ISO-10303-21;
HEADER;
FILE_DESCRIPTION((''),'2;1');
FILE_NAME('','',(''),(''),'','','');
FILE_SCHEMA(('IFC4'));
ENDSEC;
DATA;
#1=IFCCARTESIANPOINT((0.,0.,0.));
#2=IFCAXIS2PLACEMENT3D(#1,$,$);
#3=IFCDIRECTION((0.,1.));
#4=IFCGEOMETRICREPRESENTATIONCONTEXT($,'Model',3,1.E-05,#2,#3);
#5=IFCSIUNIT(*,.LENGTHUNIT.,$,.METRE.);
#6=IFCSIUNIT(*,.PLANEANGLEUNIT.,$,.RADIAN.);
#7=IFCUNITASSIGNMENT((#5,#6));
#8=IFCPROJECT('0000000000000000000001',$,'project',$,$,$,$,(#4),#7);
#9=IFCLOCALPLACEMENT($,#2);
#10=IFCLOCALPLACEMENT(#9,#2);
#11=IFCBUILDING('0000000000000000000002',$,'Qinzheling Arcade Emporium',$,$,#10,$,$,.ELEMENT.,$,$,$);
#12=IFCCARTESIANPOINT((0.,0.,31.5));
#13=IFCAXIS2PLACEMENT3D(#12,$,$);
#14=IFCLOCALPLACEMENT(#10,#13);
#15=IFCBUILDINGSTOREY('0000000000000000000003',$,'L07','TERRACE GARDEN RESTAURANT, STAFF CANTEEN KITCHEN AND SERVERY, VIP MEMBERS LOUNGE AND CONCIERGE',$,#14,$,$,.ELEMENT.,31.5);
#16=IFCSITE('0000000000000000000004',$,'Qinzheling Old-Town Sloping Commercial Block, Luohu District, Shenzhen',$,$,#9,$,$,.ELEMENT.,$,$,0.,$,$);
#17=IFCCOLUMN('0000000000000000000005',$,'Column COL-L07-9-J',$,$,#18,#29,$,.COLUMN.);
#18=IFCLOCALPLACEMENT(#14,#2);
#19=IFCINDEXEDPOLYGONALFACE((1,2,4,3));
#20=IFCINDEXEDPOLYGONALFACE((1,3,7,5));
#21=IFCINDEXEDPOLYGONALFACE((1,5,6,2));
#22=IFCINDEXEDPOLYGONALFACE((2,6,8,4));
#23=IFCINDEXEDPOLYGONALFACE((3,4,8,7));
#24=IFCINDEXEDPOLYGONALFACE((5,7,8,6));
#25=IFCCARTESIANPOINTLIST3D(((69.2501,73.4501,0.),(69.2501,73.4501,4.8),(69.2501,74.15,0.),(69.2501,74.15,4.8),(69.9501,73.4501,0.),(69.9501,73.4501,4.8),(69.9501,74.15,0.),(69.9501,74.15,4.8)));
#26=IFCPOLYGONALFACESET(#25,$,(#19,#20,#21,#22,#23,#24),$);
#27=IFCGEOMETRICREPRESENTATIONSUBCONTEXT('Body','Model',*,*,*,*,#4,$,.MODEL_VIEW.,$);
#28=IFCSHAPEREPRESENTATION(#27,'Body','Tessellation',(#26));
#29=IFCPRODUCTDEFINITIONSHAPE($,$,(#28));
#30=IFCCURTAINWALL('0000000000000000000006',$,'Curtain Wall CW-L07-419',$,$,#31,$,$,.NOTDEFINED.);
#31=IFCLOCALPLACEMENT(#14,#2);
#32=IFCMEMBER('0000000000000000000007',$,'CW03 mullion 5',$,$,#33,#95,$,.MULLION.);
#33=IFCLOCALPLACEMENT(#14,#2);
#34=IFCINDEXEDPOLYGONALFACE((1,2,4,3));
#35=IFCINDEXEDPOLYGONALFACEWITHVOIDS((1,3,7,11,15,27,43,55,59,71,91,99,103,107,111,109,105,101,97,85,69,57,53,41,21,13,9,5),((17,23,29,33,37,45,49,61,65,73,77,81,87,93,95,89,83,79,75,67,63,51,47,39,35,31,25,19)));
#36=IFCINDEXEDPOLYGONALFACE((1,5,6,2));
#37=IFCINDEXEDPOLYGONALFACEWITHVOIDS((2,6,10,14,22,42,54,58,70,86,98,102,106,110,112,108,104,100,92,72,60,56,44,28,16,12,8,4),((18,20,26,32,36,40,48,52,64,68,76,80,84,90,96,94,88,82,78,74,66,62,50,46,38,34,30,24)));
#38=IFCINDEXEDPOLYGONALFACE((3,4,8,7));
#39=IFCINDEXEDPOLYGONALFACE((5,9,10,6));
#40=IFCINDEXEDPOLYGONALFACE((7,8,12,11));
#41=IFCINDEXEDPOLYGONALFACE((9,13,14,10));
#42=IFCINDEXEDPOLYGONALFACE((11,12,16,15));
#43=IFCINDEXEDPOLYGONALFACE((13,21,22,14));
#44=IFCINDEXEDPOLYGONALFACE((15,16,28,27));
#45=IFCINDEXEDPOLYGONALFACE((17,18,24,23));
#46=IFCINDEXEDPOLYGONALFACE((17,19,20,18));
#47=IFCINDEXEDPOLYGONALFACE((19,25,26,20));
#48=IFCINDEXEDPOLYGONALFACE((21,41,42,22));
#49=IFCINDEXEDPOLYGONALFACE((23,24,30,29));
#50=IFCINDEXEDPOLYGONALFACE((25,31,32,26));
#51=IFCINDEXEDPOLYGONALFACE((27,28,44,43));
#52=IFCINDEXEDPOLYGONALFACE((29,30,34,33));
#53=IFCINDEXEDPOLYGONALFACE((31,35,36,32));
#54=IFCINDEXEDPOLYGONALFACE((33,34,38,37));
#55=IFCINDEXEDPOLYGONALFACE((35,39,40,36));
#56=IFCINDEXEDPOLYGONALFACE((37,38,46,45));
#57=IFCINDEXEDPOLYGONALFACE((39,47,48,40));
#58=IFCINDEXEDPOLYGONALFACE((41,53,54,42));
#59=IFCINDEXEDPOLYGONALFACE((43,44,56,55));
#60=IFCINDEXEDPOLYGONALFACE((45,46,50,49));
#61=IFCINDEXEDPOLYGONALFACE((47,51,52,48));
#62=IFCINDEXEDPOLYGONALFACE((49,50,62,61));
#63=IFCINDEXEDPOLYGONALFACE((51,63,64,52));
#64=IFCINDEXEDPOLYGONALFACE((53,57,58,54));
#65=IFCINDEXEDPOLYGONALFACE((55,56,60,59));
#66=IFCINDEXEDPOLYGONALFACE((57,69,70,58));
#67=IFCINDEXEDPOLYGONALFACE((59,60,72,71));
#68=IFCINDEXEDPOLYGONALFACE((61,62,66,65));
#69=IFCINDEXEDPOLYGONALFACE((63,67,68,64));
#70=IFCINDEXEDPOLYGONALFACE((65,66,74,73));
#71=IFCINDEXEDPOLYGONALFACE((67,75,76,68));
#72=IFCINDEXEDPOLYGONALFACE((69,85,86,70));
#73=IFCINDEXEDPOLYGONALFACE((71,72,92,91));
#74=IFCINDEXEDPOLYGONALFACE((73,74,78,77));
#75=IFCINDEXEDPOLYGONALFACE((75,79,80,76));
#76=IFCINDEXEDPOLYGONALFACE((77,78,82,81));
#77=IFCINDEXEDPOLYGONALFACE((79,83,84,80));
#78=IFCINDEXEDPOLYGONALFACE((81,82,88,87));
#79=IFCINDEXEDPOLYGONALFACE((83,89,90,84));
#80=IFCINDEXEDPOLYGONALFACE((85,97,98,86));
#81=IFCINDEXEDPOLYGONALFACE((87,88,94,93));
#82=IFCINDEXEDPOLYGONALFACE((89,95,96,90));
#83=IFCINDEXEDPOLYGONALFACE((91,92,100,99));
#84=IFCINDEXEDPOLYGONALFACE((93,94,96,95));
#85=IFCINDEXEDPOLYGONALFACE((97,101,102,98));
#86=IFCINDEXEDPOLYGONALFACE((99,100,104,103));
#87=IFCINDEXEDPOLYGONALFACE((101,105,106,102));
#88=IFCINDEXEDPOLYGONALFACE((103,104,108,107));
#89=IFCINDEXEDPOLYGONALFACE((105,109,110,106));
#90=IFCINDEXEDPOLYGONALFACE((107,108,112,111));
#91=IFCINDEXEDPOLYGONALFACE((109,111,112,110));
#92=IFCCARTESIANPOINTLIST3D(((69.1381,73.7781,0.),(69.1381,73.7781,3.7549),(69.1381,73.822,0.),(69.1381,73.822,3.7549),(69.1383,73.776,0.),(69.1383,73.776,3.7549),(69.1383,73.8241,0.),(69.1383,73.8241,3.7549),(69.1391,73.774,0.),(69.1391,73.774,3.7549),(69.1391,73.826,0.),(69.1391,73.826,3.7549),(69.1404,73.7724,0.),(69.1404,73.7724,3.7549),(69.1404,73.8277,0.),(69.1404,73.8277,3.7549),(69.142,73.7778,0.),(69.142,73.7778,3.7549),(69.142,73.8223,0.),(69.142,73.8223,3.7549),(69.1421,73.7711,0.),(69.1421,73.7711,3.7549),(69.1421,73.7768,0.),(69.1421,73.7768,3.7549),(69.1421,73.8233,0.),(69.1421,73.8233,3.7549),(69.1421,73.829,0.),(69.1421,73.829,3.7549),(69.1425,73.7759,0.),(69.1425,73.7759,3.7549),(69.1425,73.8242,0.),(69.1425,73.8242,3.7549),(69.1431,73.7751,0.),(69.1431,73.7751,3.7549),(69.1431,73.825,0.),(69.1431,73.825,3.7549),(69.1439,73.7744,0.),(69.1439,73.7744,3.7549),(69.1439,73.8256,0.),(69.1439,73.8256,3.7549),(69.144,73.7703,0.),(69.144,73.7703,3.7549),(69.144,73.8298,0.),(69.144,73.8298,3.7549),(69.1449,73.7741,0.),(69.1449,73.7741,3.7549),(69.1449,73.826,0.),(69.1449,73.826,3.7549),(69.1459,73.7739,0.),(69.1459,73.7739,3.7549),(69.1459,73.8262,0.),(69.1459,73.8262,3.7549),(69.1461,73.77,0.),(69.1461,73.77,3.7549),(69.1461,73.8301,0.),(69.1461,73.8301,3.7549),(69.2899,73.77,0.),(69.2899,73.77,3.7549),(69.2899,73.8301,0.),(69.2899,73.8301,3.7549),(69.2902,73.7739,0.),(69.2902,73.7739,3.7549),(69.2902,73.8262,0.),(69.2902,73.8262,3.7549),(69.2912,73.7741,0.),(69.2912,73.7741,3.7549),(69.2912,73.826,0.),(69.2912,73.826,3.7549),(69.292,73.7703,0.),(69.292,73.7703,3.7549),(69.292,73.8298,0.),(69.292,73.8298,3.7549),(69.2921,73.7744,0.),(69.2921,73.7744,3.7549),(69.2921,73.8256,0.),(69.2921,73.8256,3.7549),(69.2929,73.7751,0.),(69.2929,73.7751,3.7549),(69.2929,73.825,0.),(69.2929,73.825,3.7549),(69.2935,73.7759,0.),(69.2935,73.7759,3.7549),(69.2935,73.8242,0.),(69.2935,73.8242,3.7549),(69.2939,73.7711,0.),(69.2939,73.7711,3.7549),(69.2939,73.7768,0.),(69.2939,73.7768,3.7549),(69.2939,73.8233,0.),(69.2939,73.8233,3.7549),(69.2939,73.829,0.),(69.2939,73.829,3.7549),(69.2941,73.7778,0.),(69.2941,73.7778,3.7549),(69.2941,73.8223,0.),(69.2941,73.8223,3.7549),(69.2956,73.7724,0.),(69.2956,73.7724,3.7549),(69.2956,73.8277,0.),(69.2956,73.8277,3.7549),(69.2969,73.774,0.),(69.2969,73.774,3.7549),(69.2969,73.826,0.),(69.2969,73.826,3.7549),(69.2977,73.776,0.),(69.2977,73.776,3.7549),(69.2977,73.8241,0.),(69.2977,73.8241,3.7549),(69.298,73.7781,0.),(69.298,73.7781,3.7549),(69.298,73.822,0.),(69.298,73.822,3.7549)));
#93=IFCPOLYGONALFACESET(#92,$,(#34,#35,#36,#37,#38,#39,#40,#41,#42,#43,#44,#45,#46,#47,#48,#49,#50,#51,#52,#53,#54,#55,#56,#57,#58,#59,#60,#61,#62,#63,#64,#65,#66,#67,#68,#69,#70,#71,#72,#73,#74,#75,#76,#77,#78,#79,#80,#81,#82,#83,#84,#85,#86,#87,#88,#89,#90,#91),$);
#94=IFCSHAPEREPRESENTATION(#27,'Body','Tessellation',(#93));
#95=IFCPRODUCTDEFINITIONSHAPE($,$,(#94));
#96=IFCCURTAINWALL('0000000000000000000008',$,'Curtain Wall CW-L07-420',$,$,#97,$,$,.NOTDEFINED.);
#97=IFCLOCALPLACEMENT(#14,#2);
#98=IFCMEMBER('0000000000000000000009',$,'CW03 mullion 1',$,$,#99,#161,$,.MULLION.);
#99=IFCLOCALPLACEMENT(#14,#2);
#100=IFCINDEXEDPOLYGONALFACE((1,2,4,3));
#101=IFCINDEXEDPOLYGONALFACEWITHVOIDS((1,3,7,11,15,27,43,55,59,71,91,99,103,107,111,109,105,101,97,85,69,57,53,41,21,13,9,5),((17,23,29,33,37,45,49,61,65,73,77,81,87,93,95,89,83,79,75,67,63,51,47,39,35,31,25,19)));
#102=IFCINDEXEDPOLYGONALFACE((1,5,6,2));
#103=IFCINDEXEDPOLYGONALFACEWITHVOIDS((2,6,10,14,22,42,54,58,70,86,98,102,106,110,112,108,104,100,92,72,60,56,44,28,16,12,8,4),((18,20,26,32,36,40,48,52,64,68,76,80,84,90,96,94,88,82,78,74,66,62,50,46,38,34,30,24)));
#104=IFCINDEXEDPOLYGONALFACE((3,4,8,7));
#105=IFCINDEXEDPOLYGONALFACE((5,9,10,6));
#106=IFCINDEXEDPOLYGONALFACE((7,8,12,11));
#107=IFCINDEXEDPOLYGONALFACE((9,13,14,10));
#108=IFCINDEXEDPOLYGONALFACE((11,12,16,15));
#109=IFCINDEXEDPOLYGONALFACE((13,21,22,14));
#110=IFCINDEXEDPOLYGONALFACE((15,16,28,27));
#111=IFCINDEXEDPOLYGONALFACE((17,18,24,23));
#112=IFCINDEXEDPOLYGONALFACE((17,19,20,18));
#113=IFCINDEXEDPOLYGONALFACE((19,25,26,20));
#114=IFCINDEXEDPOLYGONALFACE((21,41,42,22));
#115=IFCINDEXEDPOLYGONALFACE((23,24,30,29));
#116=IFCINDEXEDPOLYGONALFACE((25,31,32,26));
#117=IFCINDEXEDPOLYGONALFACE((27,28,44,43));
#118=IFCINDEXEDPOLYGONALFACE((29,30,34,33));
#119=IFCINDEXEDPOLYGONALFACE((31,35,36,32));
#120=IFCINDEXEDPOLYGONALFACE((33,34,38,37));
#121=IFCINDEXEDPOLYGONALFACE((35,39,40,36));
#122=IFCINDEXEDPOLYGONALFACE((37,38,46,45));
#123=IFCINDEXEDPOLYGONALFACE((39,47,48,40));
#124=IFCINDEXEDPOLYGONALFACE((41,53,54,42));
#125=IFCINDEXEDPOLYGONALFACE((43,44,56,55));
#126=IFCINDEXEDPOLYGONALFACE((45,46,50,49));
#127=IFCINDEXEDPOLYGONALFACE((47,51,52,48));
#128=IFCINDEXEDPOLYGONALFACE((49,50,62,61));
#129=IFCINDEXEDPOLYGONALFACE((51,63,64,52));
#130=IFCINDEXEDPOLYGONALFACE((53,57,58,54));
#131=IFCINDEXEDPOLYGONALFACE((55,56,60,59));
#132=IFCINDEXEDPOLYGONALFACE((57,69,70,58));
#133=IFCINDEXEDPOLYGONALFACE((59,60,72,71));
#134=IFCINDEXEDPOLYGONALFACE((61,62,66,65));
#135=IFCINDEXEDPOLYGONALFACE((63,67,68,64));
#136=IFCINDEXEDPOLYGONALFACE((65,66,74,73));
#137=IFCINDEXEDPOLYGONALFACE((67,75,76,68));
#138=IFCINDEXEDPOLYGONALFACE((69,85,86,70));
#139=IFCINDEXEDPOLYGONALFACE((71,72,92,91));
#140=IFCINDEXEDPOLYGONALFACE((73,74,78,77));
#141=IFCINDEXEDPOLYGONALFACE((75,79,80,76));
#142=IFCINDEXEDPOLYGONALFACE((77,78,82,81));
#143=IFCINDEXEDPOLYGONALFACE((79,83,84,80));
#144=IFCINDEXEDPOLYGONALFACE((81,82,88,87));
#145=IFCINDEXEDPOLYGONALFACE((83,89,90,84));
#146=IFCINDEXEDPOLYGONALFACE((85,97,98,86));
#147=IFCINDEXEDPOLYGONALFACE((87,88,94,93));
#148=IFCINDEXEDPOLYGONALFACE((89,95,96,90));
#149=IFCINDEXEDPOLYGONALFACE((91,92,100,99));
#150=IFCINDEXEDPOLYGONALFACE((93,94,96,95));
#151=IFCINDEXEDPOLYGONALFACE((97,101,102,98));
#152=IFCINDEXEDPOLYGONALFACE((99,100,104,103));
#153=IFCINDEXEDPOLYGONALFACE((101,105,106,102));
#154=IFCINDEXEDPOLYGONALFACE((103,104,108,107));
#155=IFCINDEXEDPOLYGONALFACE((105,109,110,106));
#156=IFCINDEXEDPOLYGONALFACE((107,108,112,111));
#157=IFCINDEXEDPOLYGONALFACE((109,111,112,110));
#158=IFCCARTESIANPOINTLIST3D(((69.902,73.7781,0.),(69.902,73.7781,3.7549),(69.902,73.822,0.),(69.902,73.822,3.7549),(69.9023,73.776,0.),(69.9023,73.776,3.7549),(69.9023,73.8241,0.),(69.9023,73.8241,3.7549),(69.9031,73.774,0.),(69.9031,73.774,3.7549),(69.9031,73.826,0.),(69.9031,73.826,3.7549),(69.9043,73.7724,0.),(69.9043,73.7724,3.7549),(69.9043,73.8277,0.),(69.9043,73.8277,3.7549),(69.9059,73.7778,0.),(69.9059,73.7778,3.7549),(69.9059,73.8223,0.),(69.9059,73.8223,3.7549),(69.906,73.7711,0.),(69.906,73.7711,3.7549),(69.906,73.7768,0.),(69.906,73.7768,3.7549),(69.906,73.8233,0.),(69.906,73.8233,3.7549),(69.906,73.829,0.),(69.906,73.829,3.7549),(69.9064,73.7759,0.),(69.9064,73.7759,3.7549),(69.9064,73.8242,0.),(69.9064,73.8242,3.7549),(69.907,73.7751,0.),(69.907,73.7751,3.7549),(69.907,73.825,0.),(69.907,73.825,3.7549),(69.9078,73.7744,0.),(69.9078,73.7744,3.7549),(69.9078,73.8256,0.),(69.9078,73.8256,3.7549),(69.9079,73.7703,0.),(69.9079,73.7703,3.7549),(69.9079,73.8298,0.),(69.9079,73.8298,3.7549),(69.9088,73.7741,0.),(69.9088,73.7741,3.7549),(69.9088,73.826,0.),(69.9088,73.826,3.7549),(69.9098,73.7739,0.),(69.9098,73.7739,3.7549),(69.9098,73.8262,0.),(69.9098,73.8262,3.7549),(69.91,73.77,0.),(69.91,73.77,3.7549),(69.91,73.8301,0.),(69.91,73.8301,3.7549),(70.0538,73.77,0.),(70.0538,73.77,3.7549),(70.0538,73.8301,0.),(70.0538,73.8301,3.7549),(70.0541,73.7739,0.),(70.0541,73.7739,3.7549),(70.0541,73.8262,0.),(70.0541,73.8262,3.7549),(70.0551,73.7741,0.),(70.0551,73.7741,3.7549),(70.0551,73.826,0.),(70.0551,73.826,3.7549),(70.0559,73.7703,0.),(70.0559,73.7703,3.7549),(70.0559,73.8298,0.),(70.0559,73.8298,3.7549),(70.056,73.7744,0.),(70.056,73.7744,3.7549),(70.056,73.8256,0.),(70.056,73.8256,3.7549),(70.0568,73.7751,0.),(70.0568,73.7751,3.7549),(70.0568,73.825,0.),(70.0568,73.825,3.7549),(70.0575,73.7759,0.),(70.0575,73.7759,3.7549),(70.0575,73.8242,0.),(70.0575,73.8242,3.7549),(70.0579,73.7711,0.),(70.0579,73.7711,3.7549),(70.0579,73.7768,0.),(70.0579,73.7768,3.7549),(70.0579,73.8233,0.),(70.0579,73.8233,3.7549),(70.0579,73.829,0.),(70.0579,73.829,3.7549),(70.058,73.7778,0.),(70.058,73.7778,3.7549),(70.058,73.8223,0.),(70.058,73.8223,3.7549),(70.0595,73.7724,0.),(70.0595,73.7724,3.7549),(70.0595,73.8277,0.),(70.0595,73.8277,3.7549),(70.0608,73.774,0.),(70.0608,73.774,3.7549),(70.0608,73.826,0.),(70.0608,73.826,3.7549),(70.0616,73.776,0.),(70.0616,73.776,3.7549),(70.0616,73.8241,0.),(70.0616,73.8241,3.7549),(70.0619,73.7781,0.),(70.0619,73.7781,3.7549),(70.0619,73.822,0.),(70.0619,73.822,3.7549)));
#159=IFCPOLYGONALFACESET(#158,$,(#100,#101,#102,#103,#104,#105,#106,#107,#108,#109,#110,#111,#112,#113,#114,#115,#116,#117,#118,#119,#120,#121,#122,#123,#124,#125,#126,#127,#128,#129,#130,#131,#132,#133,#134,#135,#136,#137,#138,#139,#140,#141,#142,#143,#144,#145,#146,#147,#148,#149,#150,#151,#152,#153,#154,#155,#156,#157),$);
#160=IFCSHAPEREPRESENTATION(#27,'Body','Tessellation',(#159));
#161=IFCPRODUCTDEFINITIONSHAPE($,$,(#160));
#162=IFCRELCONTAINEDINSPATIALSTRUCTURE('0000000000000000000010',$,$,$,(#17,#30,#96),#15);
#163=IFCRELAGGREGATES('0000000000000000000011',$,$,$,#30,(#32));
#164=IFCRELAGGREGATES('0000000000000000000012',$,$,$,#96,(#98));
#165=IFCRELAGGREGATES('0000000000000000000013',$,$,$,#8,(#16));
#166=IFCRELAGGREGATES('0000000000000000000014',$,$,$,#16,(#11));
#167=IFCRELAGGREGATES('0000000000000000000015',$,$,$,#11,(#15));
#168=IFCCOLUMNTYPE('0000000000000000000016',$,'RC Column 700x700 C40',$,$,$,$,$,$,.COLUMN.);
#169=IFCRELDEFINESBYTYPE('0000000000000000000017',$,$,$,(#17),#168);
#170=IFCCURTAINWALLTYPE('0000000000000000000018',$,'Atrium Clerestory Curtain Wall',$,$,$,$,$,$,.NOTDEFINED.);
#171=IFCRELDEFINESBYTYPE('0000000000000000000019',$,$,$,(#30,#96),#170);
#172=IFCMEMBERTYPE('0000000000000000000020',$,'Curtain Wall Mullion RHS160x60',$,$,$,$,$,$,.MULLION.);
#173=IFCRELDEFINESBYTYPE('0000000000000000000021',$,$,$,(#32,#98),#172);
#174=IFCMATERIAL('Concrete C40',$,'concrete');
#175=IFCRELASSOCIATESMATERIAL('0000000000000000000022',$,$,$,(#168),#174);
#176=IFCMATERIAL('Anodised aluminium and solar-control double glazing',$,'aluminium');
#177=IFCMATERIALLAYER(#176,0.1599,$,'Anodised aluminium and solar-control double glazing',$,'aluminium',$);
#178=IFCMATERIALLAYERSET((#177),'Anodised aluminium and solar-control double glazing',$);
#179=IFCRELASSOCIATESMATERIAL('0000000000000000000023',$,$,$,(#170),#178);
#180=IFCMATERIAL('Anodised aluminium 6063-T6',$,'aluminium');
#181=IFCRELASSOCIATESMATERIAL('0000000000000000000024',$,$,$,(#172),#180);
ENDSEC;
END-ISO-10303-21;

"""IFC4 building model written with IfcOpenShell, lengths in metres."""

from ifc_helpers import new_model, si_unit, direction, frame, origin, origin_2d, place, context, subcontext, project, spatial, rectangle, hollow_rectangle, extrude, material, layer, layer_set, material_profile, profile_set, type_object, element, aggregate, save


model = new_model("IFC4")

# Units and contexts
model_context = context("Model", 3, precision=1e-05, world=origin(), true_north=direction((0.0, 1.0)))
body_context = subcontext(model_context, "Body", "Model", "MODEL_VIEW")
ifc_project = project(units=[si_unit("LENGTHUNIT", "METRE"), si_unit("PLANEANGLEUNIT", "RADIAN")], contexts=[model_context])

# Site, building, storey
site_placement = place(None, origin())
site = spatial("IfcSite", under=ifc_project, at=site_placement, Name="Qinzheling Old-Town Sloping Commercial Block, Luohu District, Shenzhen", CompositionType="ELEMENT", RefElevation=0.0)
building_placement = place(site_placement, origin())
building = spatial("IfcBuilding", under=site, at=building_placement, Name="Qinzheling Arcade Emporium", CompositionType="ELEMENT")
storey_placement = place(building_placement, frame((0.0, 0.0, 31.5)))
storey = spatial("IfcBuildingStorey", under=building, at=storey_placement, Name="L07", Description="TERRACE GARDEN RESTAURANT, STAFF CANTEEN KITCHEN AND SERVERY, VIP MEMBERS LOUNGE AND CONCIERGE", CompositionType="ELEMENT", Elevation=31.5)

# Column
ifc_material_1 = material(Name="Concrete C40", Category="concrete")
ifc_material_profile_1 = material_profile(ifc_material_1, rectangle(XDim=0.7, YDim=0.7, at=origin_2d()), Name="RC 700x700", Category="concrete")
ifc_profile_set_1 = profile_set([ifc_material_profile_1], Name="Concrete C40")
column_type = type_object("IfcColumnType", Name="RC Column 700x700 C40", PredefinedType="COLUMN", material=ifc_profile_set_1)
column_placement = place(storey_placement, frame((69.6001, 73.8, 0.0), z_axis=(0.0, 0.0, 1.0), x_axis=(1.0, 0.0, 0.0)))
element("IfcColumn", 1, at=column_placement, inside=storey, type_object=column_type, Name="Column COL-L07-9-J", PredefinedType="COLUMN", context=body_context, shape_type="SweptSolid", body=[
    extrude(rectangle(XDim=0.7, YDim=0.7, at=origin_2d()), origin(), (0.0, 0.0, 1.0), 4.8),
])

# Curtain wall, member
ifc_material_2 = material(Name="Anodised aluminium and solar-control double glazing", Category="aluminium")
ifc_layer_1 = layer(ifc_material_2, 0.1599, Name="Anodised aluminium and solar-control double glazing", Category="aluminium")
ifc_layer_set_1 = layer_set([ifc_layer_1], Name="Anodised aluminium and solar-control double glazing")
curtain_wall_type = type_object("IfcCurtainWallType", Name="Atrium Clerestory Curtain Wall", PredefinedType="NOTDEFINED", material=ifc_layer_set_1)
curtain_wall_1_placement = place(storey_placement, origin())
curtain_wall_1 = element("IfcCurtainWall", 2, at=curtain_wall_1_placement, inside=storey, type_object=curtain_wall_type, Name="Curtain Wall CW-L07-419", PredefinedType="NOTDEFINED")
ifc_material_3 = material(Name="Anodised aluminium 6063-T6", Category="aluminium")
ifc_material_profile_2 = material_profile(ifc_material_3, hollow_rectangle(XDim=0.0601, YDim=0.1599, WallThickness=0.0039, InnerFilletRadius=0.0039, OuterFilletRadius=0.0081, at=origin_2d()), Name="RHS 160x60x4", Category="aluminium")
ifc_profile_set_2 = profile_set([ifc_material_profile_2], Name="Anodised aluminium 6063-T6")
member_type_1 = type_object("IfcMemberType", Name="Curtain Wall Mullion RHS160x60", PredefinedType="MULLION", material=ifc_profile_set_2)
member_1_placement = place(storey_placement, frame((69.218, 73.8, 0.0), z_axis=(0.0, 0.0, 1.0), x_axis=(0.0, 1.0, 0.0)))
member_1 = element("IfcMember", 3, at=member_1_placement, type_object=member_type_1, Name="CW03 mullion 5", PredefinedType="MULLION", context=body_context, shape_type="SweptSolid", body=[
    extrude(hollow_rectangle(XDim=0.0601, YDim=0.1599, WallThickness=0.0039, InnerFilletRadius=0.0039, OuterFilletRadius=0.0081, at=origin_2d()), origin(), (0.0, 0.0, 1.0), 3.7549),
])

# Curtain wall, member
curtain_wall_2_placement = place(storey_placement, origin())
curtain_wall_2 = element("IfcCurtainWall", 4, at=curtain_wall_2_placement, inside=storey, type_object=curtain_wall_type, Name="Curtain Wall CW-L07-420", PredefinedType="NOTDEFINED")
member_2_placement = place(storey_placement, frame((69.9819, 73.8, 0.0), z_axis=(0.0, 0.0, 1.0), x_axis=(0.0, 1.0, 0.0)))
member_2 = element("IfcMember", 5, at=member_2_placement, type_object=member_type_1, Name="CW03 mullion 1", PredefinedType="MULLION", context=body_context, shape_type="SweptSolid", body=[
    extrude(hollow_rectangle(XDim=0.0601, YDim=0.1599, WallThickness=0.0039, InnerFilletRadius=0.0039, OuterFilletRadius=0.0081, at=origin_2d()), origin(), (0.0, 0.0, 1.0), 3.7549),
])

aggregate(curtain_wall_1, [member_1])
aggregate(curtain_wall_2, [member_2])

save(model, "model.ifc")
